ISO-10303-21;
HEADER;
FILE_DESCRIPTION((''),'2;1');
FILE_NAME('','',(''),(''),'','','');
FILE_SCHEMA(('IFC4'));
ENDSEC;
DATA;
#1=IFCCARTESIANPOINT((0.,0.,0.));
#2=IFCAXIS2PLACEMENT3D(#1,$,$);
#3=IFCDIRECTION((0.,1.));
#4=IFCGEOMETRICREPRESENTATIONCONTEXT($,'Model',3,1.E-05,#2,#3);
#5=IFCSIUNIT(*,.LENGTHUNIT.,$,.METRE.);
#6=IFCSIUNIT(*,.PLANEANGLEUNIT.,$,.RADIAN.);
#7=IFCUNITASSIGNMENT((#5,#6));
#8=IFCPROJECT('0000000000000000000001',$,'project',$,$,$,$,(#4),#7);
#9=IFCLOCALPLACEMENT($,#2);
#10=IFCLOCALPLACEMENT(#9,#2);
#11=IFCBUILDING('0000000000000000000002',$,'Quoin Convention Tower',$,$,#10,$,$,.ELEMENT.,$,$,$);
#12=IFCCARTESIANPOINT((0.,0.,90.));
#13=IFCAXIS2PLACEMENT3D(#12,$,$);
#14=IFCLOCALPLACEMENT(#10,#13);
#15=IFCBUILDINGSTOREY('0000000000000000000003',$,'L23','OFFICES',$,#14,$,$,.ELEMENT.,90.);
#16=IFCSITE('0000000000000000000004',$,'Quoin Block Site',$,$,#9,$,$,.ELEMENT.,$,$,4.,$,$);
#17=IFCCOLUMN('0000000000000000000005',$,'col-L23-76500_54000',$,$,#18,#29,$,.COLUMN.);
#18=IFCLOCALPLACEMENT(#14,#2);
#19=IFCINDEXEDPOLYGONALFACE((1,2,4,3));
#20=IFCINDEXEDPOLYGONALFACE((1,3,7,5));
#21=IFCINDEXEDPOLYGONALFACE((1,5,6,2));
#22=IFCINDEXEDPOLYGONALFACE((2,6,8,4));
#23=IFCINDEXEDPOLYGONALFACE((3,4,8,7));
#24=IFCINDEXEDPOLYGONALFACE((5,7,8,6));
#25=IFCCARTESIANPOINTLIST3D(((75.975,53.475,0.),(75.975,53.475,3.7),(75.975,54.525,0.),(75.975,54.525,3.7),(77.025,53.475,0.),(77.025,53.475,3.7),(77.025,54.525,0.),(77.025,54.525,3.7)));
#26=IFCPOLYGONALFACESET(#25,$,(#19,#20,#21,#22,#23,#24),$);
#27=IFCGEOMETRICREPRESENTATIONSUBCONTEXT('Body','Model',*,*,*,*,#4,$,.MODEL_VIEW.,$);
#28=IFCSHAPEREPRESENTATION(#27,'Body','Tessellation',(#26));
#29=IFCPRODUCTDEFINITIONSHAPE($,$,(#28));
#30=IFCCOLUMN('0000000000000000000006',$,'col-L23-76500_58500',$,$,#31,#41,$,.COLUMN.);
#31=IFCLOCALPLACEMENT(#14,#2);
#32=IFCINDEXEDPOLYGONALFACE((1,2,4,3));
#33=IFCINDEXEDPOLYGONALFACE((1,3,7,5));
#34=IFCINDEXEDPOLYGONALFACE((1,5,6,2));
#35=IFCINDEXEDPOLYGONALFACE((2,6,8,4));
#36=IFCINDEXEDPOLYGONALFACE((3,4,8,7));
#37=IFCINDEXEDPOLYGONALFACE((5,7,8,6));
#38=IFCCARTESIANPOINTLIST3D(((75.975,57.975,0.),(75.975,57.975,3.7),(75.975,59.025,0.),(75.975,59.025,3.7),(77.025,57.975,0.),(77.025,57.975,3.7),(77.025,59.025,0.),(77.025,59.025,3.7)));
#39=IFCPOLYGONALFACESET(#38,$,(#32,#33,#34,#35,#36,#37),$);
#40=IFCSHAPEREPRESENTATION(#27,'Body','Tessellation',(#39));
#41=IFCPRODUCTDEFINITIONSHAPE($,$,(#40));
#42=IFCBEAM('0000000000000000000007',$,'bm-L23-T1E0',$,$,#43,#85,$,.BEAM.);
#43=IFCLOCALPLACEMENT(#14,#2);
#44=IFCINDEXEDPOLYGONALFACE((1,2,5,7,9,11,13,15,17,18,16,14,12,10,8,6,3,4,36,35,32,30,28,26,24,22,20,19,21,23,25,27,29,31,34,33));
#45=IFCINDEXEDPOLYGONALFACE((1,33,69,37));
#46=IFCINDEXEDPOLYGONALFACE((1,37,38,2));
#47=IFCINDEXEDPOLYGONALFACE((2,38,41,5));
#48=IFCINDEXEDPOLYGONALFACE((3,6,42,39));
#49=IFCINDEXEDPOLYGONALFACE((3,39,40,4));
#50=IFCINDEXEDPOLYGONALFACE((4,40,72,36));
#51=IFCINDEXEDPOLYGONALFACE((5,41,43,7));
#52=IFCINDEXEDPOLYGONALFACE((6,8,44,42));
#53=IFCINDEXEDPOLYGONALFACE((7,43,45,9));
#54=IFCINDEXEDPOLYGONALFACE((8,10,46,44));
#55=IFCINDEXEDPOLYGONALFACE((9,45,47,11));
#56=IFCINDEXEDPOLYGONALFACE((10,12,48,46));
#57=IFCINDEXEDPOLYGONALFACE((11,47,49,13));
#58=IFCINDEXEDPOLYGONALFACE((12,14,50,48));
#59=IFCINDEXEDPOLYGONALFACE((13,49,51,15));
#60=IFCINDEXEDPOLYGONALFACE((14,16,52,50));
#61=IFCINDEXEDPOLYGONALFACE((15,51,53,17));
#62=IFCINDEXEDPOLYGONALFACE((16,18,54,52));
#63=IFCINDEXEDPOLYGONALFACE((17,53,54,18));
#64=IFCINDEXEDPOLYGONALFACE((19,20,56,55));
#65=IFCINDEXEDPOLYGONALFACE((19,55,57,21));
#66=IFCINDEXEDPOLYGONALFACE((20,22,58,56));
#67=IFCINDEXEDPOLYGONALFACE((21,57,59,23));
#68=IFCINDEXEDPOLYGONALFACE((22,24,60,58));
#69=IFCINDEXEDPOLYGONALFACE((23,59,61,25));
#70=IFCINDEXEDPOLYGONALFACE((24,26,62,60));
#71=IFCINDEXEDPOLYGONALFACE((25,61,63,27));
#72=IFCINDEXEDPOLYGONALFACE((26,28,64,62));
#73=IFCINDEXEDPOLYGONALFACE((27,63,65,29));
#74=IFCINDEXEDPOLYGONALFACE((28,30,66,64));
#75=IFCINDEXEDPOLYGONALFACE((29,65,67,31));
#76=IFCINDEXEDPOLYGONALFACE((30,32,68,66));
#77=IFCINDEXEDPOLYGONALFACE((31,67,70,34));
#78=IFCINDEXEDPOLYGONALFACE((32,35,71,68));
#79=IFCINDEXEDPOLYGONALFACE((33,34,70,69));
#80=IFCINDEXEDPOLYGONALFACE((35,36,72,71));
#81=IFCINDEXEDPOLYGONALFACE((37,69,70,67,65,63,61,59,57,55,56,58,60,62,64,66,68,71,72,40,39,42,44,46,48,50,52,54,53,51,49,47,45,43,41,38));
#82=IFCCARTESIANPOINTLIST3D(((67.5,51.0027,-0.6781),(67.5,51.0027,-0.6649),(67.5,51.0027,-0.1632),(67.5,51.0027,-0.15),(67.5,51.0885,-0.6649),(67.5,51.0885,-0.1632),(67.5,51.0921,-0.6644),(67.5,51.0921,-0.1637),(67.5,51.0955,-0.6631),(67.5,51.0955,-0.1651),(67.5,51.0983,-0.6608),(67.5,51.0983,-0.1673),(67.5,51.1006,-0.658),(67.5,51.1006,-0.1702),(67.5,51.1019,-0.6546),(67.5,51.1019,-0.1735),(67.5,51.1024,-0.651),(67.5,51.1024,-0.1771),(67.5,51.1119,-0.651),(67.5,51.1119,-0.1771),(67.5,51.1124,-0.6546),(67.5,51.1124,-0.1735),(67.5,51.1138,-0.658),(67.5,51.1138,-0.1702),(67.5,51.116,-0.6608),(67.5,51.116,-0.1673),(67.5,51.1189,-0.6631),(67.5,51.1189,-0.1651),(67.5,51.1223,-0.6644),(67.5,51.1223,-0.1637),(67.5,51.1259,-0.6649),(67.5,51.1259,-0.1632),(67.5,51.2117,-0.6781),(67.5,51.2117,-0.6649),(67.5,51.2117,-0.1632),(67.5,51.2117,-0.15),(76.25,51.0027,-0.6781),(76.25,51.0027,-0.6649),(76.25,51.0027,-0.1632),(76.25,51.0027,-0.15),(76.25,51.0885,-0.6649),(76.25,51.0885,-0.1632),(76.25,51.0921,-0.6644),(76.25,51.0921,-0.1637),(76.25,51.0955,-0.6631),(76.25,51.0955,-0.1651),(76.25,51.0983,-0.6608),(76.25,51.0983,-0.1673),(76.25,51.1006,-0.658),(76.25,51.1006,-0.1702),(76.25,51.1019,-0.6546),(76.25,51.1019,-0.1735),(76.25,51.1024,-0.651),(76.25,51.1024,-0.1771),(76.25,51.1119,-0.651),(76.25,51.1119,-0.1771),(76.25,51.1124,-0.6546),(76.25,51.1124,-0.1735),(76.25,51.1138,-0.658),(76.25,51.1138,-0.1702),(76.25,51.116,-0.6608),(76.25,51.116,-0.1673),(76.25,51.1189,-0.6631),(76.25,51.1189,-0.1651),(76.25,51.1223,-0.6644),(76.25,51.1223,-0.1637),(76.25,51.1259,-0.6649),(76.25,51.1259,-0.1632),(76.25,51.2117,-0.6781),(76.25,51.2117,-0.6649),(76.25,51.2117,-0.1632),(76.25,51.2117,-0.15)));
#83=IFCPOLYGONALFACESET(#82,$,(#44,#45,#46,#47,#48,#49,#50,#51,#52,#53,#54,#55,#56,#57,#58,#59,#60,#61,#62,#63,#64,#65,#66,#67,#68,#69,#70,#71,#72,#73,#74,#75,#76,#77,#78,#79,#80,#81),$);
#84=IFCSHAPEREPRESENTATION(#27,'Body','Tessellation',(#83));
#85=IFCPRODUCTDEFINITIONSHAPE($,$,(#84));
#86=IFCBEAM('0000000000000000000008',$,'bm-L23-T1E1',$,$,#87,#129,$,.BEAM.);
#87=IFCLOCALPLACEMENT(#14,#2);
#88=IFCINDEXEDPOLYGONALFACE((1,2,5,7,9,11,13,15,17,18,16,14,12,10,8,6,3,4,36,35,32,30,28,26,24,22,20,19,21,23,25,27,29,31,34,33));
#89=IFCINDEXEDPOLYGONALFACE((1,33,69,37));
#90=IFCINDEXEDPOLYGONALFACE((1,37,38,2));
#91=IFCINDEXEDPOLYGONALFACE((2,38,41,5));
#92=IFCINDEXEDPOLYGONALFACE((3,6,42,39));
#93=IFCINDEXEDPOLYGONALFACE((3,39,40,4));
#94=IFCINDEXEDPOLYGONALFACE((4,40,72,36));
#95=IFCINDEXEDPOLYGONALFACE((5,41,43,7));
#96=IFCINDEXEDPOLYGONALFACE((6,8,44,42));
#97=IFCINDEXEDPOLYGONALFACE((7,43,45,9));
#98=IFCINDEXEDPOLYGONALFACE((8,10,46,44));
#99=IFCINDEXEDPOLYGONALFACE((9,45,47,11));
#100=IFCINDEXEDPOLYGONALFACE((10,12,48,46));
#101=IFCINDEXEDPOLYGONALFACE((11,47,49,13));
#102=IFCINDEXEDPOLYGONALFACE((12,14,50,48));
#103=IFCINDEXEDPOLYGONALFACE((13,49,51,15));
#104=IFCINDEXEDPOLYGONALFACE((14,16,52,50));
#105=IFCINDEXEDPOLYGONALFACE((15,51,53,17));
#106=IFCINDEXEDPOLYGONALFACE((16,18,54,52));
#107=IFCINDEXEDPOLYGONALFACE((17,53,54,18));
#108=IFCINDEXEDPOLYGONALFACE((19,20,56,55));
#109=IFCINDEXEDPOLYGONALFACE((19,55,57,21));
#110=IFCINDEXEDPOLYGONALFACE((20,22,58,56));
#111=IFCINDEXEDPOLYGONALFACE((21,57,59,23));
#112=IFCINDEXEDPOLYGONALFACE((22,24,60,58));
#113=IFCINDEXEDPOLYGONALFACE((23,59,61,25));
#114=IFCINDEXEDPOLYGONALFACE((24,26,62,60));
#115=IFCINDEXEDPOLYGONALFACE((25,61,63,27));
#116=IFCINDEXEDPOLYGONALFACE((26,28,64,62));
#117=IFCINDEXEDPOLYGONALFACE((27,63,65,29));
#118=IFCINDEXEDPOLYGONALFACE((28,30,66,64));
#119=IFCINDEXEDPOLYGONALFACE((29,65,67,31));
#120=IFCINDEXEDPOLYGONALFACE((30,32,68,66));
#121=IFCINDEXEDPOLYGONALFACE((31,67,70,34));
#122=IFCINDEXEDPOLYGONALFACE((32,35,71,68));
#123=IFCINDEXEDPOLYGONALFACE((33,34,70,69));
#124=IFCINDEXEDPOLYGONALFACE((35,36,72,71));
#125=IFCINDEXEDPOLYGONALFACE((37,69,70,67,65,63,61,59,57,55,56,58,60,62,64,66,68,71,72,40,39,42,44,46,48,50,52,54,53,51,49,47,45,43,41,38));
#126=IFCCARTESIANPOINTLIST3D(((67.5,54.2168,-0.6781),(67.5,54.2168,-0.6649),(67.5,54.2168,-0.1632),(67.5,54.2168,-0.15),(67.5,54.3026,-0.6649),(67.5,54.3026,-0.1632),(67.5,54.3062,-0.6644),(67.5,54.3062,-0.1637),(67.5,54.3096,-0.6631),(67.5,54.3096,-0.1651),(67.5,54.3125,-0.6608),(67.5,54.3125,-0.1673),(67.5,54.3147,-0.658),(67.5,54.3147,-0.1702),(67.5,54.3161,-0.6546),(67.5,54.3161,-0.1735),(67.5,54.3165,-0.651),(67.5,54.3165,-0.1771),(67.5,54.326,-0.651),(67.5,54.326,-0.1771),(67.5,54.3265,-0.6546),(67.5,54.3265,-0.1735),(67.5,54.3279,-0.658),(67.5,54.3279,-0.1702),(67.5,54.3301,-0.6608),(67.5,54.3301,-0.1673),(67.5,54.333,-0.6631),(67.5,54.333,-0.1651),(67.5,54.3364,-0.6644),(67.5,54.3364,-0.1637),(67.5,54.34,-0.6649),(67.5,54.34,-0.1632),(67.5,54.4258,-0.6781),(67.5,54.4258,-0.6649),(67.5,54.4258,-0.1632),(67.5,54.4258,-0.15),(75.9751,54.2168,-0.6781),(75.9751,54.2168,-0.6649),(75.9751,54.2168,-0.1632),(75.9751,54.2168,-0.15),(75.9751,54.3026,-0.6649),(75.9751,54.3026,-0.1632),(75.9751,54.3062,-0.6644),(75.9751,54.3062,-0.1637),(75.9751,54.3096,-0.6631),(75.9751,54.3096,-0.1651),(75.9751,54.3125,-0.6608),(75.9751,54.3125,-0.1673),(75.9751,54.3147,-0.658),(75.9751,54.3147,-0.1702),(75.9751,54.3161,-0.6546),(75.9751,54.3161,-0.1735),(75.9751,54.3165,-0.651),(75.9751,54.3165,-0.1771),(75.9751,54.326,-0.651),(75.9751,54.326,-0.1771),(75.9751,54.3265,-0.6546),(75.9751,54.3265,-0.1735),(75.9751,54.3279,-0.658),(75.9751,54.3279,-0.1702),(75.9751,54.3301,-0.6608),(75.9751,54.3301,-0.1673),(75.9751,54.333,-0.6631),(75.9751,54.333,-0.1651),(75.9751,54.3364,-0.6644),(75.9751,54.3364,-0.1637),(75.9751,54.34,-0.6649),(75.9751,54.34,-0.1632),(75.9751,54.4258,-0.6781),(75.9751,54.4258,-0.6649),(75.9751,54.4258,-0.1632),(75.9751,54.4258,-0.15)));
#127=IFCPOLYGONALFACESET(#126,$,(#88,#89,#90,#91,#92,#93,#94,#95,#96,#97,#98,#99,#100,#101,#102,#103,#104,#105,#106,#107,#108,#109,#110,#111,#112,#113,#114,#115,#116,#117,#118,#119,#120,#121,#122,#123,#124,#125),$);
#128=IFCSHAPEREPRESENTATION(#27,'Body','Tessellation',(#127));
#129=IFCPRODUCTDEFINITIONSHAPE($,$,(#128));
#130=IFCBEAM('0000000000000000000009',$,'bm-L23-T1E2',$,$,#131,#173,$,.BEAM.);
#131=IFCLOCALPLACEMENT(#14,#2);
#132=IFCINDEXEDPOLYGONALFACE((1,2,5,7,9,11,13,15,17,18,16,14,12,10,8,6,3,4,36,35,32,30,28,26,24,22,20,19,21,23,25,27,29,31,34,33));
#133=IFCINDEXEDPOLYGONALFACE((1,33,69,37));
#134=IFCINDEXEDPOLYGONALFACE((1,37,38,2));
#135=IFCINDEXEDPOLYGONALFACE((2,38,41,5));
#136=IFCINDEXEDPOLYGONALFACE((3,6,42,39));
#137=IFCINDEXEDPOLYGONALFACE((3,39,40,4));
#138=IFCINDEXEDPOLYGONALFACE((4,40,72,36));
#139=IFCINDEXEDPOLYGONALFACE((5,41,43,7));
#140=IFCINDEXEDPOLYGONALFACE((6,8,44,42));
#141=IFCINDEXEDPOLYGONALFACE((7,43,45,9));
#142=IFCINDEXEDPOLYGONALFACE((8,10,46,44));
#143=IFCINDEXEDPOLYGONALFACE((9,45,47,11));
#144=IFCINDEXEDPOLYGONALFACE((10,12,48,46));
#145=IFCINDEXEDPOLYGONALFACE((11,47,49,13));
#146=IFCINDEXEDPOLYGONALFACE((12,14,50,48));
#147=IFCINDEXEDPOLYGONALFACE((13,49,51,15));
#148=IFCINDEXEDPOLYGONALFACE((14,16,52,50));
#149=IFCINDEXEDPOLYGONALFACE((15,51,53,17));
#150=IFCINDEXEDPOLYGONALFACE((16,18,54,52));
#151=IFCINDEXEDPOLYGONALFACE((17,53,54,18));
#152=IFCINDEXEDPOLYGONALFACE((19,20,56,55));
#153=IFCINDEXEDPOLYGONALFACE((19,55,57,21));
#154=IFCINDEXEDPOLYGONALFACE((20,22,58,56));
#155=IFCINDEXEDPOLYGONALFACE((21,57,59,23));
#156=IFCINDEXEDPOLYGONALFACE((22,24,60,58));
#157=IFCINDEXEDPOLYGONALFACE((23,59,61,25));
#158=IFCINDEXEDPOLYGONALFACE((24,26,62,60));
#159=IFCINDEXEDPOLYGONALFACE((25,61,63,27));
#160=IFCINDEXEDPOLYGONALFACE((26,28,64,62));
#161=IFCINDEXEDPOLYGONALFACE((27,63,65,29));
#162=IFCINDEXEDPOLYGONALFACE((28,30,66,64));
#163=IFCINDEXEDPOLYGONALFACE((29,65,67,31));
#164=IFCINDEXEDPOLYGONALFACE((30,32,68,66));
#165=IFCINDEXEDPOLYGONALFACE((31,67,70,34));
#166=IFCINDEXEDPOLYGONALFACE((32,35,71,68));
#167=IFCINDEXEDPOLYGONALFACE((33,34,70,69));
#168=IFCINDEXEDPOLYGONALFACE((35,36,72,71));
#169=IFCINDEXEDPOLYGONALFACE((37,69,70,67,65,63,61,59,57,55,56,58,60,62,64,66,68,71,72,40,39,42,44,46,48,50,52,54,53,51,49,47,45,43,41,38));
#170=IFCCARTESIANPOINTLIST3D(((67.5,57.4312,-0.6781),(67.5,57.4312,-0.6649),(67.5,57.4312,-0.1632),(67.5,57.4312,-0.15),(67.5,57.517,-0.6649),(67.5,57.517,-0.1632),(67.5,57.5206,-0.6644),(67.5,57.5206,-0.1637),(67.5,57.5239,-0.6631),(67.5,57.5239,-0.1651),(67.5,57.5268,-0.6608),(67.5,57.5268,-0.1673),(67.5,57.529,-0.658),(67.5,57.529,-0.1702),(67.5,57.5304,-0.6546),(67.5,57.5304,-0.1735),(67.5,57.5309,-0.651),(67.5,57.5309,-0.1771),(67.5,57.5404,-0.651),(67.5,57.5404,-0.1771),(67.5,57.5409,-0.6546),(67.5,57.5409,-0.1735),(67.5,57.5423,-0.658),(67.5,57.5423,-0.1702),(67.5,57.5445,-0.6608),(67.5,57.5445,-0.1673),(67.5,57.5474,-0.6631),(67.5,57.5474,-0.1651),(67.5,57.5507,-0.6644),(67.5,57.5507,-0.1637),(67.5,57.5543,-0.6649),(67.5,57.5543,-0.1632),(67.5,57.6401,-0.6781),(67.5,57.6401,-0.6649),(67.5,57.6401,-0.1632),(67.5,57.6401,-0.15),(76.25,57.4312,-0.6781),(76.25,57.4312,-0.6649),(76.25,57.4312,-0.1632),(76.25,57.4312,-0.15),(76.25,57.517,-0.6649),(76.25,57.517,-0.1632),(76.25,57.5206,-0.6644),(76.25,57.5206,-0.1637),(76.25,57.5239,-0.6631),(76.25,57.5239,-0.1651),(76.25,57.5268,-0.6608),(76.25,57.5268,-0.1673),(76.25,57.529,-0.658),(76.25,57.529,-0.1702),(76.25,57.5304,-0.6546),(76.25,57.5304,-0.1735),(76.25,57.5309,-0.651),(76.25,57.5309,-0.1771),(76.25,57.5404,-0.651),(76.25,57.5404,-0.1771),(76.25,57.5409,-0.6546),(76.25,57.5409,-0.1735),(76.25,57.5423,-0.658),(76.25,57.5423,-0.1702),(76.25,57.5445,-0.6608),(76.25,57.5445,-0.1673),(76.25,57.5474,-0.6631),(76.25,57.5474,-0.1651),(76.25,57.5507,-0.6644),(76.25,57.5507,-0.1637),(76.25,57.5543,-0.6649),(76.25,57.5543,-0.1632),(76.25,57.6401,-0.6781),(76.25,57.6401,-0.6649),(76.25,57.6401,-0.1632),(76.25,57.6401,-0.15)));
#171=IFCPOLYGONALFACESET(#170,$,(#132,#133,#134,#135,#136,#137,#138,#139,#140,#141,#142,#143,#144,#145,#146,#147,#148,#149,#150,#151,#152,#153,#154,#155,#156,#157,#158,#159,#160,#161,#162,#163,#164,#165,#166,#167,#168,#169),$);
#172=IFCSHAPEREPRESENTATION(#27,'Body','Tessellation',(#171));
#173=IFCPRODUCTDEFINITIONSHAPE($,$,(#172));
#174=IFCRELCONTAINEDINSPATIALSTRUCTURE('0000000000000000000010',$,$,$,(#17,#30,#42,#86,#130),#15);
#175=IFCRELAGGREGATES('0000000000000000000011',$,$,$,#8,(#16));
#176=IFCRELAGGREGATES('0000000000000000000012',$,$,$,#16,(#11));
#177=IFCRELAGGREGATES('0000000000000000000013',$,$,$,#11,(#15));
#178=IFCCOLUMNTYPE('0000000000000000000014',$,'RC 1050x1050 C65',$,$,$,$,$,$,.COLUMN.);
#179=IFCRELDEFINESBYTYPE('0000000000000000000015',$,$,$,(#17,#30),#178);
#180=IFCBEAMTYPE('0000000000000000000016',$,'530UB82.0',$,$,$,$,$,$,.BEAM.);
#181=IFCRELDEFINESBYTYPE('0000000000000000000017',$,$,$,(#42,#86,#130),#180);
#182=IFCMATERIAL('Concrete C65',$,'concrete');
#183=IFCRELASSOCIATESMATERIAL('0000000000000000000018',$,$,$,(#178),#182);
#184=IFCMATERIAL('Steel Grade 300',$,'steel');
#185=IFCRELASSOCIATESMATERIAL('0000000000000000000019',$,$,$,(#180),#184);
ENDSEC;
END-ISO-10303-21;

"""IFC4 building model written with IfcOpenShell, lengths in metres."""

from ifc_helpers import new_model, si_unit, direction, frame, origin, origin_2d, place, context, subcontext, project, spatial, rectangle, i_section, extrude, material, material_profile, profile_set, type_object, element, save


model = new_model("IFC4")

# Units and contexts
model_context = context("Model", 3, precision=1e-05, world=origin(), true_north=direction((0.0, 1.0)))
body_context = subcontext(model_context, "Body", "Model", "MODEL_VIEW")
ifc_project = project(units=[si_unit("LENGTHUNIT", "METRE"), si_unit("PLANEANGLEUNIT", "RADIAN")], contexts=[model_context])

# Site, building, storey
site_placement = place(None, origin())
site = spatial("IfcSite", under=ifc_project, at=site_placement, Name="Quoin Block Site", CompositionType="ELEMENT", RefElevation=4.0)
building_placement = place(site_placement, origin())
building = spatial("IfcBuilding", under=site, at=building_placement, Name="Quoin Convention Tower", CompositionType="ELEMENT")
storey_placement = place(building_placement, frame((0.0, 0.0, 90.0)))
storey = spatial("IfcBuildingStorey", under=building, at=storey_placement, Name="L23", Description="OFFICES", CompositionType="ELEMENT", Elevation=90.0)

# Columns
ifc_material_1 = material(Name="Concrete C65", Category="concrete")
ifc_material_profile_1 = material_profile(ifc_material_1, rectangle(XDim=1.05, YDim=1.05, at=origin_2d()), Name="RC 1050x1050")
ifc_profile_set_1 = profile_set([ifc_material_profile_1], Name="Concrete C65")
column_type = type_object("IfcColumnType", Name="RC 1050x1050 C65", PredefinedType="COLUMN", material=ifc_profile_set_1)
for number, where, z_axis, x_axis, name in (
    (1, (76.5, 54.0, 0.0), (0.0, 0.0, 1.0), (1.0, 0.0, 0.0), "col-L23-76500_54000"),
    (2, (76.5, 58.5, 0.0), (0.0, 0.0, 1.0), (1.0, 0.0, 0.0), "col-L23-76500_58500"),
):
    element("IfcColumn", number, at=place(storey_placement, frame(where, z_axis=z_axis, x_axis=x_axis)), inside=storey, type_object=column_type, Name=name, PredefinedType="COLUMN", context=body_context, shape_type="SweptSolid", body=[
        extrude(rectangle(XDim=1.05, YDim=1.05, at=origin_2d()), origin(), (0.0, 0.0, 1.0), 3.7),
    ])

# Beams
ifc_material_2 = material(Name="Steel Grade 300", Category="steel")
ifc_material_profile_2 = material_profile(ifc_material_2, i_section(OverallWidth=0.209, OverallDepth=0.5281, WebThickness=0.0095, FlangeThickness=0.0132, FilletRadius=0.0139, at=origin_2d()), Name="530UB82.0")
ifc_profile_set_2 = profile_set([ifc_material_profile_2], Name="Steel Grade 300")
beam_type_1 = type_object("IfcBeamType", Name="530UB82.0", PredefinedType="BEAM", material=ifc_profile_set_2)
beam_1_placement = place(storey_placement, frame((67.5, 51.1072, -0.4141), z_axis=(1.0, 0.0, 0.0), x_axis=(0.0, 1.0, 0.0)))
element("IfcBeam", 3, at=beam_1_placement, inside=storey, type_object=beam_type_1, Name="bm-L23-T1E0", PredefinedType="BEAM", context=body_context, shape_type="SweptSolid", body=[
    extrude(i_section(OverallWidth=0.209, OverallDepth=0.5281, WebThickness=0.0095, FlangeThickness=0.0132, FilletRadius=0.0139, at=origin_2d()), origin(), (0.0, 0.0, 1.0), 8.75),
])
beam_2_placement = place(storey_placement, frame((67.5, 54.3213, -0.4141), z_axis=(1.0, 0.0, 0.0), x_axis=(0.0, 1.0, 0.0)))
element("IfcBeam", 4, at=beam_2_placement, inside=storey, type_object=beam_type_1, Name="bm-L23-T1E1", PredefinedType="BEAM", context=body_context, shape_type="SweptSolid", body=[
    extrude(i_section(OverallWidth=0.209, OverallDepth=0.5281, WebThickness=0.0095, FlangeThickness=0.0132, FilletRadius=0.0139, at=origin_2d()), origin(), (0.0, 0.0, 1.0), 8.4751),
])
for number, where, z_axis, x_axis, name in (
    (5, (67.5, 57.5356, -0.4141), (1.0, 0.0, 0.0), (0.0, 1.0, 0.0), "bm-L23-T1E2"),
):
    element("IfcBeam", number, at=place(storey_placement, frame(where, z_axis=z_axis, x_axis=x_axis)), inside=storey, type_object=beam_type_1, Name=name, PredefinedType="BEAM", context=body_context, shape_type="SweptSolid", body=[
        extrude(i_section(OverallWidth=0.209, OverallDepth=0.5281, WebThickness=0.0095, FlangeThickness=0.0132, FilletRadius=0.0139, at=origin_2d()), origin(), (0.0, 0.0, 1.0), 8.75),
    ])

save(model, "model.ifc")
